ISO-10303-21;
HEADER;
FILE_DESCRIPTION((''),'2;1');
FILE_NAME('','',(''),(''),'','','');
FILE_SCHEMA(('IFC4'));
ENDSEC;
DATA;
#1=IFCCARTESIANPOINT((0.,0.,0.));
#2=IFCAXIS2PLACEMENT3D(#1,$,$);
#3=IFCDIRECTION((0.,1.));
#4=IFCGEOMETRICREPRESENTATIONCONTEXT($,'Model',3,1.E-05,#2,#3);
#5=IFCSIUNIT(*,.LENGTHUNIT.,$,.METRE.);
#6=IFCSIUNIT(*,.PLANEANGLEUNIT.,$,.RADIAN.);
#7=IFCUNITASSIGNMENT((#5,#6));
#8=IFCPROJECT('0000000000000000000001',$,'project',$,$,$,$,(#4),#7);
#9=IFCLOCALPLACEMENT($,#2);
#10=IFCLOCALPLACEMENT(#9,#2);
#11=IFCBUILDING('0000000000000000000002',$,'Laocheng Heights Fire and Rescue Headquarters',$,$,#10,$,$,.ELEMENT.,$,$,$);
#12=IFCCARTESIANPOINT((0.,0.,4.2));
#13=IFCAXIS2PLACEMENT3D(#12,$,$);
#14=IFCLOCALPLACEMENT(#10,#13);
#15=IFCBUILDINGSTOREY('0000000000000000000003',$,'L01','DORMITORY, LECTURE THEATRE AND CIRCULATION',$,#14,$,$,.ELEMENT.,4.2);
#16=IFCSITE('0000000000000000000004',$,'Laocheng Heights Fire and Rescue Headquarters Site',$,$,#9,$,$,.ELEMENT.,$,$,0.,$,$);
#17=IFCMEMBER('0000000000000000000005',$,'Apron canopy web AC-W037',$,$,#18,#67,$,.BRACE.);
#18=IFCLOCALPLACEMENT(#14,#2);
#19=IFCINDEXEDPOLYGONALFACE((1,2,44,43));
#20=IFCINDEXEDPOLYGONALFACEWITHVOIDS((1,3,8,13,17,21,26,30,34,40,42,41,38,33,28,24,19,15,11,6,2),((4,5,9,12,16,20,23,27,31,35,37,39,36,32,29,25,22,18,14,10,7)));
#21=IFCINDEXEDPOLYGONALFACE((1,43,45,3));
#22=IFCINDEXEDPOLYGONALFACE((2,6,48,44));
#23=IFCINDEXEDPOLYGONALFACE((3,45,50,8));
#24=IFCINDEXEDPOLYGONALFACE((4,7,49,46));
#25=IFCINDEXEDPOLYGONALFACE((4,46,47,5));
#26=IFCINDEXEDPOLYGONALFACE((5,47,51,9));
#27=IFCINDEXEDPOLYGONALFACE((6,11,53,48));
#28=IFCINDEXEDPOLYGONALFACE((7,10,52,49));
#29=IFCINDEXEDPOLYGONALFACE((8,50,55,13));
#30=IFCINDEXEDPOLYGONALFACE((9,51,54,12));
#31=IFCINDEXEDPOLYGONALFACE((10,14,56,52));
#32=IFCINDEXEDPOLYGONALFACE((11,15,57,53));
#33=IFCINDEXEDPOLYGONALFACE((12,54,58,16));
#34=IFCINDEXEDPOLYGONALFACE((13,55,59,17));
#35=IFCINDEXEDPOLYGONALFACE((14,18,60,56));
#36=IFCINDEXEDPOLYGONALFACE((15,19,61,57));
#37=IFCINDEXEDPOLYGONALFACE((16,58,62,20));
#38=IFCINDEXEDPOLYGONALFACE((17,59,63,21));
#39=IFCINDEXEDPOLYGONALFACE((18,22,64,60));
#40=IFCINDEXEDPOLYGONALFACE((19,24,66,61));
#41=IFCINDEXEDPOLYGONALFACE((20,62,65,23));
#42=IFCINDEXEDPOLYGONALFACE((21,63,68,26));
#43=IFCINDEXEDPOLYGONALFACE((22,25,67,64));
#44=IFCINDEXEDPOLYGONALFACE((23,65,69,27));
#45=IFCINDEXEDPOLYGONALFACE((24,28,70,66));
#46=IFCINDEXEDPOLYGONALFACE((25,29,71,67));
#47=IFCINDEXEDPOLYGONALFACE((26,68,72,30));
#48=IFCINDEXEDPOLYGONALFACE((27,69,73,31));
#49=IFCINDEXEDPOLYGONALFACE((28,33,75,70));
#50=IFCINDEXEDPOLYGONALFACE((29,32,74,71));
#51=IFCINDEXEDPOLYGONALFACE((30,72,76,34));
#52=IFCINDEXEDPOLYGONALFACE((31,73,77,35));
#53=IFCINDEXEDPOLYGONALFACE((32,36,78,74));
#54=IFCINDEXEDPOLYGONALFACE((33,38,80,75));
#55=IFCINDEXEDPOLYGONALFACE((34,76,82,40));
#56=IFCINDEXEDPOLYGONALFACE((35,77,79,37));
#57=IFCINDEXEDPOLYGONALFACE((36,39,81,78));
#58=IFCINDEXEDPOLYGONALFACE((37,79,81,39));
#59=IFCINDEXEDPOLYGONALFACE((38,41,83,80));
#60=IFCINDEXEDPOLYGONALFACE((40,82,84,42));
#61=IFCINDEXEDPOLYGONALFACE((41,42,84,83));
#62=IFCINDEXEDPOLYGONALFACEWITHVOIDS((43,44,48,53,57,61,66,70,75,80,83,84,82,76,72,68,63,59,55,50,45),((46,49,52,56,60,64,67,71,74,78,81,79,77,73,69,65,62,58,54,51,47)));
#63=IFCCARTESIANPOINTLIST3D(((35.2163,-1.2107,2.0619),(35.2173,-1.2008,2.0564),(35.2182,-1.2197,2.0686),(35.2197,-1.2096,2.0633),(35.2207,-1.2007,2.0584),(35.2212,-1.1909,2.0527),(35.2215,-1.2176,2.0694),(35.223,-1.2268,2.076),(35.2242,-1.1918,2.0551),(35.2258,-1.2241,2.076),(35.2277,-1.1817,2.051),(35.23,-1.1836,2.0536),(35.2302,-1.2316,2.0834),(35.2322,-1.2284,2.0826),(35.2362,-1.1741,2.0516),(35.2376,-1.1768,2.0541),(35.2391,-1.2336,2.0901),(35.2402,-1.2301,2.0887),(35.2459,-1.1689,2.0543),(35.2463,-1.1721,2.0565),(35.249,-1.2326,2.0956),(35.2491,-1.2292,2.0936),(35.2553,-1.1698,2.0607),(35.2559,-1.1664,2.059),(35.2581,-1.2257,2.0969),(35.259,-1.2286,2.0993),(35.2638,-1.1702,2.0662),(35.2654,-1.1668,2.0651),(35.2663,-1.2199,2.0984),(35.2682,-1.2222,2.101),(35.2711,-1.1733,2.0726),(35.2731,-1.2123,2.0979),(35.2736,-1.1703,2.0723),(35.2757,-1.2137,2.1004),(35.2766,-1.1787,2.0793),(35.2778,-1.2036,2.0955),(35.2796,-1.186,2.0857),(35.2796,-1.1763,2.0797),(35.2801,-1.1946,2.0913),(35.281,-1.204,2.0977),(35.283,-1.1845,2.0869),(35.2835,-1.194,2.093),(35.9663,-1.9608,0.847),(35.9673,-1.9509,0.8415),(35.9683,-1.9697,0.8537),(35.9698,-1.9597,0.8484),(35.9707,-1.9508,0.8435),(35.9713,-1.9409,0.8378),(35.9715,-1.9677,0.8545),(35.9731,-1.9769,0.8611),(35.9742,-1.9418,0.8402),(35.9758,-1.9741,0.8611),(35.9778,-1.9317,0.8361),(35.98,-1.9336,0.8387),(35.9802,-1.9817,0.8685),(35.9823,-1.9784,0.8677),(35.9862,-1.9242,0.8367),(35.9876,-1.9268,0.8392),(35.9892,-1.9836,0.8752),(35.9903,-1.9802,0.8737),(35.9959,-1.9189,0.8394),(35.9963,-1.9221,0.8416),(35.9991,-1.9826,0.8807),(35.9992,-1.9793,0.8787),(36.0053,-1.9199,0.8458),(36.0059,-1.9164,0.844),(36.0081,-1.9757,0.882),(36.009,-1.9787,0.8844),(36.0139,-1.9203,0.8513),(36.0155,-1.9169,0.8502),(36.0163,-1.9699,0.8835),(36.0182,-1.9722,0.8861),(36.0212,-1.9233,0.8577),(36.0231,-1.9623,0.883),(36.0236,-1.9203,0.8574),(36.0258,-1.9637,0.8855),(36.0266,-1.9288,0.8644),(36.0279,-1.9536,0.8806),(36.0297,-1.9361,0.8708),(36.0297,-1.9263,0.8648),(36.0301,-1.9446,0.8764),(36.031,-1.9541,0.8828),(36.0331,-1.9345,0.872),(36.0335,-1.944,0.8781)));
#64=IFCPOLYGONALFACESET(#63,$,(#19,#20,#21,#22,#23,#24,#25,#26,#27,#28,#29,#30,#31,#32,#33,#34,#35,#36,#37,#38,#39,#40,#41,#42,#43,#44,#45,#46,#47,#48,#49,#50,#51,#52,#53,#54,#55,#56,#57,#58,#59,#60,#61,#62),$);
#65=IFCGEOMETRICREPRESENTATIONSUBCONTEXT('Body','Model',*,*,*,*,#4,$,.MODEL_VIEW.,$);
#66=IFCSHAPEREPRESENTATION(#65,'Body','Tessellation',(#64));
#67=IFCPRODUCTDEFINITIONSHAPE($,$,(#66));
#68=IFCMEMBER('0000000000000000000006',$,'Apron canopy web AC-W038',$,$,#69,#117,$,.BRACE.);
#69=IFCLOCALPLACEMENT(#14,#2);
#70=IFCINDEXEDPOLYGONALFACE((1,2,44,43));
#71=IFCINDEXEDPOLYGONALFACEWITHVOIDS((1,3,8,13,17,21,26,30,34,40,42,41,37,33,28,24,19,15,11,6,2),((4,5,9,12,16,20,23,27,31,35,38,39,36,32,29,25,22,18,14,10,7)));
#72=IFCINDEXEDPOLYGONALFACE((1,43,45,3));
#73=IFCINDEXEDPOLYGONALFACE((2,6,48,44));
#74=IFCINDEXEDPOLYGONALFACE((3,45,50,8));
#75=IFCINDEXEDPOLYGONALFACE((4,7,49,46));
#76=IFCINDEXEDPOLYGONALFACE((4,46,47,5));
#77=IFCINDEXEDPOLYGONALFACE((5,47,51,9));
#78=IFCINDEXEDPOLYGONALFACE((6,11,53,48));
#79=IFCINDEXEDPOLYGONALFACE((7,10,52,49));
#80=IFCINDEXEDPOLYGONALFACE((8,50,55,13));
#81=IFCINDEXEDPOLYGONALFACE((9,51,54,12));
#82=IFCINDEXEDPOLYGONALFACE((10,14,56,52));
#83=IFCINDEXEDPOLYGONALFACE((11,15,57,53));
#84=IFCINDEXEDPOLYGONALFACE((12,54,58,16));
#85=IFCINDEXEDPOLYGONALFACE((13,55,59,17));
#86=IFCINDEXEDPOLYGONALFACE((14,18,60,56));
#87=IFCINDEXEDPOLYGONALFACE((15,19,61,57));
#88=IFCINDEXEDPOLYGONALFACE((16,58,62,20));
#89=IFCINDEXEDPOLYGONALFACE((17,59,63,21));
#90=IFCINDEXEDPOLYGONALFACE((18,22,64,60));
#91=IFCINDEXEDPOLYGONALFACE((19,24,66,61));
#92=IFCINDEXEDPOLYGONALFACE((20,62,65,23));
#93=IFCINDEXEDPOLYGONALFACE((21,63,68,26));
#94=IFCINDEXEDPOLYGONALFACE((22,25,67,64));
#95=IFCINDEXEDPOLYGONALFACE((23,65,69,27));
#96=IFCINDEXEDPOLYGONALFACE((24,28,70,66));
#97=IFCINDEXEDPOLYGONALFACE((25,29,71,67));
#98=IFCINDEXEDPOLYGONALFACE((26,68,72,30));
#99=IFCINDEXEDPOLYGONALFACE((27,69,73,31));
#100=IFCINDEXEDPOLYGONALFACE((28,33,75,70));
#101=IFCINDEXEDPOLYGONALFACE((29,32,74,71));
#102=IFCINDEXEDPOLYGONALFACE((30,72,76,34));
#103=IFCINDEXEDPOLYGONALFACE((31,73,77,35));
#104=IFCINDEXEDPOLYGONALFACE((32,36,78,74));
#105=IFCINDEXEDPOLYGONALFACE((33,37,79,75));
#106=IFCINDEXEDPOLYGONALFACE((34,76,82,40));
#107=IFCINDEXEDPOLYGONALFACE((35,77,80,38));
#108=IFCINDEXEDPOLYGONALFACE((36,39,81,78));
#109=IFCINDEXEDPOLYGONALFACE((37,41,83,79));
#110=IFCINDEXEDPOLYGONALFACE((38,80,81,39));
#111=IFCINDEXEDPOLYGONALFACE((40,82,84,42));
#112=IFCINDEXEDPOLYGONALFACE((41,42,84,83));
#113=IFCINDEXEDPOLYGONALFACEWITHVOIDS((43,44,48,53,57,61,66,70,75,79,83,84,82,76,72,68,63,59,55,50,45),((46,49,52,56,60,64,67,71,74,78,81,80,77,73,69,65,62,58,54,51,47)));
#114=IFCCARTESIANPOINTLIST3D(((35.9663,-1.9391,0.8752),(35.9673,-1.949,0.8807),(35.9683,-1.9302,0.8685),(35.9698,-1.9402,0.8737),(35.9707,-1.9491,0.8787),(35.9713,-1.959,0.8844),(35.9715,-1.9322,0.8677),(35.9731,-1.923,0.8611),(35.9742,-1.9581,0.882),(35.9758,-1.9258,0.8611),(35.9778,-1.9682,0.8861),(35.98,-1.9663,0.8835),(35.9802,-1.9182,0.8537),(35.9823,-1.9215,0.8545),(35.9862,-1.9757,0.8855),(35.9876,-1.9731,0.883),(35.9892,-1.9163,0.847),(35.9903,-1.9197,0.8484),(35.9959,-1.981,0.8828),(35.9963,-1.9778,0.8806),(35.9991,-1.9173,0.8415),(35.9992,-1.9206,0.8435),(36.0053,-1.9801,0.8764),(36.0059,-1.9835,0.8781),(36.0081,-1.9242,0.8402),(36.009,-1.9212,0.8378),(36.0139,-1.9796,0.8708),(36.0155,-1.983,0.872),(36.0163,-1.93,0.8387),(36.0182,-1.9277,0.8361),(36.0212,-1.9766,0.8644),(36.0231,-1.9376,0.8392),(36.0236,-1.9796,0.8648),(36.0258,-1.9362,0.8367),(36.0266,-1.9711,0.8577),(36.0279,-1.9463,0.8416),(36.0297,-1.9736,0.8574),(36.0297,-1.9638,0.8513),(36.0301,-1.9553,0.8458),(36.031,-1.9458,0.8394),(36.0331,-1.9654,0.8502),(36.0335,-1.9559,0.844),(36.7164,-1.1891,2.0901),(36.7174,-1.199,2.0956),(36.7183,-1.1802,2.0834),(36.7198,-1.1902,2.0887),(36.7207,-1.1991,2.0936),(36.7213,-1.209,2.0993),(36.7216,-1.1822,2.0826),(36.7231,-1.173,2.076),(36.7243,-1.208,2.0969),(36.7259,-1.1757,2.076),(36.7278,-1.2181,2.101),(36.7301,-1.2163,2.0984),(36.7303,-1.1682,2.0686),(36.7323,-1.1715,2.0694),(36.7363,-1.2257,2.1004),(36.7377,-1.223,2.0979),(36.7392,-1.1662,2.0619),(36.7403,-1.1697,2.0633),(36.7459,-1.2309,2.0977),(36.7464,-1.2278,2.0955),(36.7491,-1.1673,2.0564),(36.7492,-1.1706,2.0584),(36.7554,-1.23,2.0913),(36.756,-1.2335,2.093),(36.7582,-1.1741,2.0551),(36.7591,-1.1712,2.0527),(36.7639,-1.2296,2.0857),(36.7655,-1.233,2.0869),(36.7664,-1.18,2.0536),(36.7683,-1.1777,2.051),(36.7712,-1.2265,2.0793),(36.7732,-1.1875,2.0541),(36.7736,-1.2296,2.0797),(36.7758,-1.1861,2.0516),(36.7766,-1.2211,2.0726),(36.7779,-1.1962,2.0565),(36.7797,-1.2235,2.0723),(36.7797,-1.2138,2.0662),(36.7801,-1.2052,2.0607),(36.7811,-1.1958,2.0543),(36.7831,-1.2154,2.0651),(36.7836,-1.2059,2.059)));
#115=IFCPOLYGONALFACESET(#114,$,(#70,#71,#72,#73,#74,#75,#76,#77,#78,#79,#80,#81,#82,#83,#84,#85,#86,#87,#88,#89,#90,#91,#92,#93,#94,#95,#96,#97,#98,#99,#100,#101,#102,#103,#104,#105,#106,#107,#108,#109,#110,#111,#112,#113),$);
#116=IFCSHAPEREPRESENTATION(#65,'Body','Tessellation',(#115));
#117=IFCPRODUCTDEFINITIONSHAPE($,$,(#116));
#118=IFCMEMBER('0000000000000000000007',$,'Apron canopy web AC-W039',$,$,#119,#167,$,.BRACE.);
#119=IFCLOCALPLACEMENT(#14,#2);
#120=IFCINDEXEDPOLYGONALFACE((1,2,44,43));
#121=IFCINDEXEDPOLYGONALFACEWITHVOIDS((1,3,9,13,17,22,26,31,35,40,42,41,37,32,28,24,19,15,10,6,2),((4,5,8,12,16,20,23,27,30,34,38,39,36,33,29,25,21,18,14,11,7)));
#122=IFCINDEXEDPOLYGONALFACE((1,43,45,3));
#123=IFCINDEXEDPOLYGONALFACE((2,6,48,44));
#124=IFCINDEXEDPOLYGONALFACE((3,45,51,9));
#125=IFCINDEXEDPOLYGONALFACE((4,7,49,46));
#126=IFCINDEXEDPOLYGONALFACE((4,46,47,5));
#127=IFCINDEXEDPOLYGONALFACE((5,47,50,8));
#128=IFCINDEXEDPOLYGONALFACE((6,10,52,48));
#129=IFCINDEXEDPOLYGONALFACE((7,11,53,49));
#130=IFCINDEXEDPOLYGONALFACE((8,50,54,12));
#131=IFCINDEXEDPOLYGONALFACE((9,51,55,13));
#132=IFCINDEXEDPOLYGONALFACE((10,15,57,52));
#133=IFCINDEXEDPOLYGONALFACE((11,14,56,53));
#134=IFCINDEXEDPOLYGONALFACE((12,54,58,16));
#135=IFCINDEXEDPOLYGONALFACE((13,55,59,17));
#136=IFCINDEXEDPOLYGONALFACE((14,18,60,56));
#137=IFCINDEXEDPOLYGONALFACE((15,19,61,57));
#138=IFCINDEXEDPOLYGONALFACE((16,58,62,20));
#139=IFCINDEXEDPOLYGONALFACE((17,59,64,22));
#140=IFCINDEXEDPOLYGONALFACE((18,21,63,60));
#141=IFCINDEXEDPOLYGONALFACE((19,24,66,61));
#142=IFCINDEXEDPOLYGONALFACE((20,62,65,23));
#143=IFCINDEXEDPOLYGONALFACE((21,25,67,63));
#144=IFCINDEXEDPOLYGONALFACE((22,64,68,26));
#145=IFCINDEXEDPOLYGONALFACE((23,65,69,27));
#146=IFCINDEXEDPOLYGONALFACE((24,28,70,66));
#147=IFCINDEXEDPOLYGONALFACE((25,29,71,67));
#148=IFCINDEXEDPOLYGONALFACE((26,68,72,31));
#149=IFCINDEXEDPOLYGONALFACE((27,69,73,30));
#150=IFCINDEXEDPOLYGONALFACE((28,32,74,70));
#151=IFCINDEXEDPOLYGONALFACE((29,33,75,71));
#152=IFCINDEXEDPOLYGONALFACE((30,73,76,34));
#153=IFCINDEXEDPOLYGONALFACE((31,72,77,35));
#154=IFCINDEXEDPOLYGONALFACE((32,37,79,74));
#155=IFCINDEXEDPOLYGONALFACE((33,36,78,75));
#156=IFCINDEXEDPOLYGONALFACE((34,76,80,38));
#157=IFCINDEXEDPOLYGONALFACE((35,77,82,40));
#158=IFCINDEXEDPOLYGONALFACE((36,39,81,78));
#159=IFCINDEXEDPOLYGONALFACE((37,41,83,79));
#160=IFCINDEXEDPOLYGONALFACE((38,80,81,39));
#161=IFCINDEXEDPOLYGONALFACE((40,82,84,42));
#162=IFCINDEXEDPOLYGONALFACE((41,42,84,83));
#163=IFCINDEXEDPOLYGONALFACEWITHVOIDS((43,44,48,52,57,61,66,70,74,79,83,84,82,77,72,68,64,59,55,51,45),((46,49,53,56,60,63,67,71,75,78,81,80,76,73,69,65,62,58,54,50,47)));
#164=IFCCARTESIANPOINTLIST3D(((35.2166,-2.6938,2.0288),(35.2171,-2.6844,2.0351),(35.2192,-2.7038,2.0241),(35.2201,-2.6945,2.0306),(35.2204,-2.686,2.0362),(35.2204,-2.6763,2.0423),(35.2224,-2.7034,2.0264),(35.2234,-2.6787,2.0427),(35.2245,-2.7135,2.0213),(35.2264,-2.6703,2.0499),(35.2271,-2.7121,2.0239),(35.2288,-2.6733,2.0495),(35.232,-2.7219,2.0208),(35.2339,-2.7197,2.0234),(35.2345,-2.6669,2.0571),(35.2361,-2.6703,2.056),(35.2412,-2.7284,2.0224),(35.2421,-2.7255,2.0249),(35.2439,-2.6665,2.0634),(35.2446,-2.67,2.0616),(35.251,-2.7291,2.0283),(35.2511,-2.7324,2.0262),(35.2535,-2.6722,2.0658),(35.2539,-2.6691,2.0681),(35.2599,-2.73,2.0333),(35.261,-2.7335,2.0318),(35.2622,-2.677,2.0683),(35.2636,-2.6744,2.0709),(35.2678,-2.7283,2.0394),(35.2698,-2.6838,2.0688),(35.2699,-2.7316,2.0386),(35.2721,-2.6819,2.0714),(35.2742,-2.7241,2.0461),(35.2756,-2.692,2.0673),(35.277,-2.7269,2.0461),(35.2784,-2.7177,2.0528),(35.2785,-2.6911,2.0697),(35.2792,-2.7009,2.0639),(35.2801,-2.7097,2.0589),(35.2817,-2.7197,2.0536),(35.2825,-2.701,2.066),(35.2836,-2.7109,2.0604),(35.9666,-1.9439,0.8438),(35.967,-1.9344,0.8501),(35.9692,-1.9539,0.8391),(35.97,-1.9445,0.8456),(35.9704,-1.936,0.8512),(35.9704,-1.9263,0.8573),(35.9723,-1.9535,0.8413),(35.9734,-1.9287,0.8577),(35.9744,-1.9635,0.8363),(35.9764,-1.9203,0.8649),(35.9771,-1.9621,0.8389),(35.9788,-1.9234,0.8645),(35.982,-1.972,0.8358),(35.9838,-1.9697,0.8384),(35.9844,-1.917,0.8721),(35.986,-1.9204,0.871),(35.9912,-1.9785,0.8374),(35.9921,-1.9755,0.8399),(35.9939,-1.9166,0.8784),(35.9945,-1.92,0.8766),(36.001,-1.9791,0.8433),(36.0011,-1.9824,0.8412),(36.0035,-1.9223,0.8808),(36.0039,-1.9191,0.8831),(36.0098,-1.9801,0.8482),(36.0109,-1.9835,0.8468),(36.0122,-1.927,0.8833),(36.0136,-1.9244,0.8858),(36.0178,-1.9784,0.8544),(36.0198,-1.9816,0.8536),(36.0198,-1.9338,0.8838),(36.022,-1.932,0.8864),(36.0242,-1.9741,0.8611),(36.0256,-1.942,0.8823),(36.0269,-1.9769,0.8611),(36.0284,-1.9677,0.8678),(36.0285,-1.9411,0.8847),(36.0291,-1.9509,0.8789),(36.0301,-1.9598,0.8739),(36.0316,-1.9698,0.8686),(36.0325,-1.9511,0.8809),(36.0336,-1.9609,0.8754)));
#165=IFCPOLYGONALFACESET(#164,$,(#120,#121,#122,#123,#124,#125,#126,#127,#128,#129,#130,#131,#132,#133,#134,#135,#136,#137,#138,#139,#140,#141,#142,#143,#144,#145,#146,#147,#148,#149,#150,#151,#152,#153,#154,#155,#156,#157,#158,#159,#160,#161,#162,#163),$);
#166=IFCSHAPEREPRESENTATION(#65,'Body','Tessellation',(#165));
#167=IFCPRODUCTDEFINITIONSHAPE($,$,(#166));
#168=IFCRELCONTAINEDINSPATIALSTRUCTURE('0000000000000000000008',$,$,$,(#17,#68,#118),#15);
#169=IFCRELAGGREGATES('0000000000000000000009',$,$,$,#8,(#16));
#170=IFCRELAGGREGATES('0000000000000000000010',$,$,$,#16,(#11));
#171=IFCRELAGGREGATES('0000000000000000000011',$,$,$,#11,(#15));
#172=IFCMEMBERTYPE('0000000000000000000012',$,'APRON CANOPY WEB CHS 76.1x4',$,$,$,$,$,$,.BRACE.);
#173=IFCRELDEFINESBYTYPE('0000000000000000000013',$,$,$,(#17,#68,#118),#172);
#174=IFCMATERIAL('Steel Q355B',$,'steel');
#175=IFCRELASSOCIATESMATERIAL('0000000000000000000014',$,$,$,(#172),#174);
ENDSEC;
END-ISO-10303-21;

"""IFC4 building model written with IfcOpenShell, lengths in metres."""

from ifc_helpers import new_model, si_unit, direction, frame, origin, origin_2d, place, context, subcontext, project, spatial, hollow_circle, extrude, material, material_profile, profile_set, type_object, element, save


model = new_model("IFC4")

# Units and contexts
model_context = context("Model", 3, precision=1e-05, world=origin(), true_north=direction((0.0, 1.0)))
body_context = subcontext(model_context, "Body", "Model", "MODEL_VIEW")
ifc_project = project(units=[si_unit("LENGTHUNIT", "METRE"), si_unit("PLANEANGLEUNIT", "RADIAN")], contexts=[model_context])

# Site, building, storey
site_placement = place(None, origin())
site = spatial("IfcSite", under=ifc_project, at=site_placement, Name="Laocheng Heights Fire and Rescue Headquarters Site", CompositionType="ELEMENT", RefElevation=0.0)
building_placement = place(site_placement, origin())
building = spatial("IfcBuilding", under=site, at=building_placement, Name="Laocheng Heights Fire and Rescue Headquarters", CompositionType="ELEMENT")
storey_placement = place(building_placement, frame((0.0, 0.0, 4.2)))
storey = spatial("IfcBuildingStorey", under=building, at=storey_placement, Name="L01", Description="DORMITORY, LECTURE THEATRE AND CIRCULATION", CompositionType="ELEMENT", Elevation=4.2)

# Members
ifc_material_1 = material(Name="Steel Q355B", Category="steel")
ifc_material_profile_1 = material_profile(ifc_material_1, hollow_circle(Radius=0.0381, WallThickness=0.0039, at=origin_2d()), Name="CHS 76.1x4")
ifc_profile_set_1 = profile_set([ifc_material_profile_1], Name="Steel Q355B")
member_type_1 = type_object("IfcMemberType", Name="APRON CANOPY WEB CHS 76.1x4", PredefinedType="BRACE", material=ifc_profile_set_1)
for number, where, z_axis, x_axis, name in (
    (1, (36.0, -1.95, 0.8611), (-0.465055, 0.465055, 0.753292), (-0.707107, -0.707107, 0.0), "Apron canopy web AC-W037"),
    (2, (36.0, -1.95, 0.8611), (0.465055, 0.465055, 0.753292), (-0.707107, 0.707107, 0.0), "Apron canopy web AC-W038"),
):
    element("IfcMember", number, at=place(storey_placement, frame(where, z_axis=z_axis, x_axis=x_axis)), inside=storey, type_object=member_type_1, Name=name, PredefinedType="BRACE", context=body_context, shape_type="SweptSolid", body=[
        extrude(hollow_circle(Radius=0.0381, WallThickness=0.0039, at=origin_2d()), origin(), (0.0, 0.0, 1.0), 1.6128),
    ])
for number, where, z_axis, x_axis, name in (
    (3, (36.0, -1.95, 0.8611), (-0.47158, -0.47158, 0.745134), (0.707107, -0.707107, 0.0), "Apron canopy web AC-W039"),
):
    element("IfcMember", number, at=place(storey_placement, frame(where, z_axis=z_axis, x_axis=x_axis)), inside=storey, type_object=member_type_1, Name=name, PredefinedType="BRACE", context=body_context, shape_type="SweptSolid", body=[
        extrude(hollow_circle(Radius=0.0381, WallThickness=0.0039, at=origin_2d()), origin(), (0.0, 0.0, 1.0), 1.5903),
    ])

save(model, "model.ifc")
